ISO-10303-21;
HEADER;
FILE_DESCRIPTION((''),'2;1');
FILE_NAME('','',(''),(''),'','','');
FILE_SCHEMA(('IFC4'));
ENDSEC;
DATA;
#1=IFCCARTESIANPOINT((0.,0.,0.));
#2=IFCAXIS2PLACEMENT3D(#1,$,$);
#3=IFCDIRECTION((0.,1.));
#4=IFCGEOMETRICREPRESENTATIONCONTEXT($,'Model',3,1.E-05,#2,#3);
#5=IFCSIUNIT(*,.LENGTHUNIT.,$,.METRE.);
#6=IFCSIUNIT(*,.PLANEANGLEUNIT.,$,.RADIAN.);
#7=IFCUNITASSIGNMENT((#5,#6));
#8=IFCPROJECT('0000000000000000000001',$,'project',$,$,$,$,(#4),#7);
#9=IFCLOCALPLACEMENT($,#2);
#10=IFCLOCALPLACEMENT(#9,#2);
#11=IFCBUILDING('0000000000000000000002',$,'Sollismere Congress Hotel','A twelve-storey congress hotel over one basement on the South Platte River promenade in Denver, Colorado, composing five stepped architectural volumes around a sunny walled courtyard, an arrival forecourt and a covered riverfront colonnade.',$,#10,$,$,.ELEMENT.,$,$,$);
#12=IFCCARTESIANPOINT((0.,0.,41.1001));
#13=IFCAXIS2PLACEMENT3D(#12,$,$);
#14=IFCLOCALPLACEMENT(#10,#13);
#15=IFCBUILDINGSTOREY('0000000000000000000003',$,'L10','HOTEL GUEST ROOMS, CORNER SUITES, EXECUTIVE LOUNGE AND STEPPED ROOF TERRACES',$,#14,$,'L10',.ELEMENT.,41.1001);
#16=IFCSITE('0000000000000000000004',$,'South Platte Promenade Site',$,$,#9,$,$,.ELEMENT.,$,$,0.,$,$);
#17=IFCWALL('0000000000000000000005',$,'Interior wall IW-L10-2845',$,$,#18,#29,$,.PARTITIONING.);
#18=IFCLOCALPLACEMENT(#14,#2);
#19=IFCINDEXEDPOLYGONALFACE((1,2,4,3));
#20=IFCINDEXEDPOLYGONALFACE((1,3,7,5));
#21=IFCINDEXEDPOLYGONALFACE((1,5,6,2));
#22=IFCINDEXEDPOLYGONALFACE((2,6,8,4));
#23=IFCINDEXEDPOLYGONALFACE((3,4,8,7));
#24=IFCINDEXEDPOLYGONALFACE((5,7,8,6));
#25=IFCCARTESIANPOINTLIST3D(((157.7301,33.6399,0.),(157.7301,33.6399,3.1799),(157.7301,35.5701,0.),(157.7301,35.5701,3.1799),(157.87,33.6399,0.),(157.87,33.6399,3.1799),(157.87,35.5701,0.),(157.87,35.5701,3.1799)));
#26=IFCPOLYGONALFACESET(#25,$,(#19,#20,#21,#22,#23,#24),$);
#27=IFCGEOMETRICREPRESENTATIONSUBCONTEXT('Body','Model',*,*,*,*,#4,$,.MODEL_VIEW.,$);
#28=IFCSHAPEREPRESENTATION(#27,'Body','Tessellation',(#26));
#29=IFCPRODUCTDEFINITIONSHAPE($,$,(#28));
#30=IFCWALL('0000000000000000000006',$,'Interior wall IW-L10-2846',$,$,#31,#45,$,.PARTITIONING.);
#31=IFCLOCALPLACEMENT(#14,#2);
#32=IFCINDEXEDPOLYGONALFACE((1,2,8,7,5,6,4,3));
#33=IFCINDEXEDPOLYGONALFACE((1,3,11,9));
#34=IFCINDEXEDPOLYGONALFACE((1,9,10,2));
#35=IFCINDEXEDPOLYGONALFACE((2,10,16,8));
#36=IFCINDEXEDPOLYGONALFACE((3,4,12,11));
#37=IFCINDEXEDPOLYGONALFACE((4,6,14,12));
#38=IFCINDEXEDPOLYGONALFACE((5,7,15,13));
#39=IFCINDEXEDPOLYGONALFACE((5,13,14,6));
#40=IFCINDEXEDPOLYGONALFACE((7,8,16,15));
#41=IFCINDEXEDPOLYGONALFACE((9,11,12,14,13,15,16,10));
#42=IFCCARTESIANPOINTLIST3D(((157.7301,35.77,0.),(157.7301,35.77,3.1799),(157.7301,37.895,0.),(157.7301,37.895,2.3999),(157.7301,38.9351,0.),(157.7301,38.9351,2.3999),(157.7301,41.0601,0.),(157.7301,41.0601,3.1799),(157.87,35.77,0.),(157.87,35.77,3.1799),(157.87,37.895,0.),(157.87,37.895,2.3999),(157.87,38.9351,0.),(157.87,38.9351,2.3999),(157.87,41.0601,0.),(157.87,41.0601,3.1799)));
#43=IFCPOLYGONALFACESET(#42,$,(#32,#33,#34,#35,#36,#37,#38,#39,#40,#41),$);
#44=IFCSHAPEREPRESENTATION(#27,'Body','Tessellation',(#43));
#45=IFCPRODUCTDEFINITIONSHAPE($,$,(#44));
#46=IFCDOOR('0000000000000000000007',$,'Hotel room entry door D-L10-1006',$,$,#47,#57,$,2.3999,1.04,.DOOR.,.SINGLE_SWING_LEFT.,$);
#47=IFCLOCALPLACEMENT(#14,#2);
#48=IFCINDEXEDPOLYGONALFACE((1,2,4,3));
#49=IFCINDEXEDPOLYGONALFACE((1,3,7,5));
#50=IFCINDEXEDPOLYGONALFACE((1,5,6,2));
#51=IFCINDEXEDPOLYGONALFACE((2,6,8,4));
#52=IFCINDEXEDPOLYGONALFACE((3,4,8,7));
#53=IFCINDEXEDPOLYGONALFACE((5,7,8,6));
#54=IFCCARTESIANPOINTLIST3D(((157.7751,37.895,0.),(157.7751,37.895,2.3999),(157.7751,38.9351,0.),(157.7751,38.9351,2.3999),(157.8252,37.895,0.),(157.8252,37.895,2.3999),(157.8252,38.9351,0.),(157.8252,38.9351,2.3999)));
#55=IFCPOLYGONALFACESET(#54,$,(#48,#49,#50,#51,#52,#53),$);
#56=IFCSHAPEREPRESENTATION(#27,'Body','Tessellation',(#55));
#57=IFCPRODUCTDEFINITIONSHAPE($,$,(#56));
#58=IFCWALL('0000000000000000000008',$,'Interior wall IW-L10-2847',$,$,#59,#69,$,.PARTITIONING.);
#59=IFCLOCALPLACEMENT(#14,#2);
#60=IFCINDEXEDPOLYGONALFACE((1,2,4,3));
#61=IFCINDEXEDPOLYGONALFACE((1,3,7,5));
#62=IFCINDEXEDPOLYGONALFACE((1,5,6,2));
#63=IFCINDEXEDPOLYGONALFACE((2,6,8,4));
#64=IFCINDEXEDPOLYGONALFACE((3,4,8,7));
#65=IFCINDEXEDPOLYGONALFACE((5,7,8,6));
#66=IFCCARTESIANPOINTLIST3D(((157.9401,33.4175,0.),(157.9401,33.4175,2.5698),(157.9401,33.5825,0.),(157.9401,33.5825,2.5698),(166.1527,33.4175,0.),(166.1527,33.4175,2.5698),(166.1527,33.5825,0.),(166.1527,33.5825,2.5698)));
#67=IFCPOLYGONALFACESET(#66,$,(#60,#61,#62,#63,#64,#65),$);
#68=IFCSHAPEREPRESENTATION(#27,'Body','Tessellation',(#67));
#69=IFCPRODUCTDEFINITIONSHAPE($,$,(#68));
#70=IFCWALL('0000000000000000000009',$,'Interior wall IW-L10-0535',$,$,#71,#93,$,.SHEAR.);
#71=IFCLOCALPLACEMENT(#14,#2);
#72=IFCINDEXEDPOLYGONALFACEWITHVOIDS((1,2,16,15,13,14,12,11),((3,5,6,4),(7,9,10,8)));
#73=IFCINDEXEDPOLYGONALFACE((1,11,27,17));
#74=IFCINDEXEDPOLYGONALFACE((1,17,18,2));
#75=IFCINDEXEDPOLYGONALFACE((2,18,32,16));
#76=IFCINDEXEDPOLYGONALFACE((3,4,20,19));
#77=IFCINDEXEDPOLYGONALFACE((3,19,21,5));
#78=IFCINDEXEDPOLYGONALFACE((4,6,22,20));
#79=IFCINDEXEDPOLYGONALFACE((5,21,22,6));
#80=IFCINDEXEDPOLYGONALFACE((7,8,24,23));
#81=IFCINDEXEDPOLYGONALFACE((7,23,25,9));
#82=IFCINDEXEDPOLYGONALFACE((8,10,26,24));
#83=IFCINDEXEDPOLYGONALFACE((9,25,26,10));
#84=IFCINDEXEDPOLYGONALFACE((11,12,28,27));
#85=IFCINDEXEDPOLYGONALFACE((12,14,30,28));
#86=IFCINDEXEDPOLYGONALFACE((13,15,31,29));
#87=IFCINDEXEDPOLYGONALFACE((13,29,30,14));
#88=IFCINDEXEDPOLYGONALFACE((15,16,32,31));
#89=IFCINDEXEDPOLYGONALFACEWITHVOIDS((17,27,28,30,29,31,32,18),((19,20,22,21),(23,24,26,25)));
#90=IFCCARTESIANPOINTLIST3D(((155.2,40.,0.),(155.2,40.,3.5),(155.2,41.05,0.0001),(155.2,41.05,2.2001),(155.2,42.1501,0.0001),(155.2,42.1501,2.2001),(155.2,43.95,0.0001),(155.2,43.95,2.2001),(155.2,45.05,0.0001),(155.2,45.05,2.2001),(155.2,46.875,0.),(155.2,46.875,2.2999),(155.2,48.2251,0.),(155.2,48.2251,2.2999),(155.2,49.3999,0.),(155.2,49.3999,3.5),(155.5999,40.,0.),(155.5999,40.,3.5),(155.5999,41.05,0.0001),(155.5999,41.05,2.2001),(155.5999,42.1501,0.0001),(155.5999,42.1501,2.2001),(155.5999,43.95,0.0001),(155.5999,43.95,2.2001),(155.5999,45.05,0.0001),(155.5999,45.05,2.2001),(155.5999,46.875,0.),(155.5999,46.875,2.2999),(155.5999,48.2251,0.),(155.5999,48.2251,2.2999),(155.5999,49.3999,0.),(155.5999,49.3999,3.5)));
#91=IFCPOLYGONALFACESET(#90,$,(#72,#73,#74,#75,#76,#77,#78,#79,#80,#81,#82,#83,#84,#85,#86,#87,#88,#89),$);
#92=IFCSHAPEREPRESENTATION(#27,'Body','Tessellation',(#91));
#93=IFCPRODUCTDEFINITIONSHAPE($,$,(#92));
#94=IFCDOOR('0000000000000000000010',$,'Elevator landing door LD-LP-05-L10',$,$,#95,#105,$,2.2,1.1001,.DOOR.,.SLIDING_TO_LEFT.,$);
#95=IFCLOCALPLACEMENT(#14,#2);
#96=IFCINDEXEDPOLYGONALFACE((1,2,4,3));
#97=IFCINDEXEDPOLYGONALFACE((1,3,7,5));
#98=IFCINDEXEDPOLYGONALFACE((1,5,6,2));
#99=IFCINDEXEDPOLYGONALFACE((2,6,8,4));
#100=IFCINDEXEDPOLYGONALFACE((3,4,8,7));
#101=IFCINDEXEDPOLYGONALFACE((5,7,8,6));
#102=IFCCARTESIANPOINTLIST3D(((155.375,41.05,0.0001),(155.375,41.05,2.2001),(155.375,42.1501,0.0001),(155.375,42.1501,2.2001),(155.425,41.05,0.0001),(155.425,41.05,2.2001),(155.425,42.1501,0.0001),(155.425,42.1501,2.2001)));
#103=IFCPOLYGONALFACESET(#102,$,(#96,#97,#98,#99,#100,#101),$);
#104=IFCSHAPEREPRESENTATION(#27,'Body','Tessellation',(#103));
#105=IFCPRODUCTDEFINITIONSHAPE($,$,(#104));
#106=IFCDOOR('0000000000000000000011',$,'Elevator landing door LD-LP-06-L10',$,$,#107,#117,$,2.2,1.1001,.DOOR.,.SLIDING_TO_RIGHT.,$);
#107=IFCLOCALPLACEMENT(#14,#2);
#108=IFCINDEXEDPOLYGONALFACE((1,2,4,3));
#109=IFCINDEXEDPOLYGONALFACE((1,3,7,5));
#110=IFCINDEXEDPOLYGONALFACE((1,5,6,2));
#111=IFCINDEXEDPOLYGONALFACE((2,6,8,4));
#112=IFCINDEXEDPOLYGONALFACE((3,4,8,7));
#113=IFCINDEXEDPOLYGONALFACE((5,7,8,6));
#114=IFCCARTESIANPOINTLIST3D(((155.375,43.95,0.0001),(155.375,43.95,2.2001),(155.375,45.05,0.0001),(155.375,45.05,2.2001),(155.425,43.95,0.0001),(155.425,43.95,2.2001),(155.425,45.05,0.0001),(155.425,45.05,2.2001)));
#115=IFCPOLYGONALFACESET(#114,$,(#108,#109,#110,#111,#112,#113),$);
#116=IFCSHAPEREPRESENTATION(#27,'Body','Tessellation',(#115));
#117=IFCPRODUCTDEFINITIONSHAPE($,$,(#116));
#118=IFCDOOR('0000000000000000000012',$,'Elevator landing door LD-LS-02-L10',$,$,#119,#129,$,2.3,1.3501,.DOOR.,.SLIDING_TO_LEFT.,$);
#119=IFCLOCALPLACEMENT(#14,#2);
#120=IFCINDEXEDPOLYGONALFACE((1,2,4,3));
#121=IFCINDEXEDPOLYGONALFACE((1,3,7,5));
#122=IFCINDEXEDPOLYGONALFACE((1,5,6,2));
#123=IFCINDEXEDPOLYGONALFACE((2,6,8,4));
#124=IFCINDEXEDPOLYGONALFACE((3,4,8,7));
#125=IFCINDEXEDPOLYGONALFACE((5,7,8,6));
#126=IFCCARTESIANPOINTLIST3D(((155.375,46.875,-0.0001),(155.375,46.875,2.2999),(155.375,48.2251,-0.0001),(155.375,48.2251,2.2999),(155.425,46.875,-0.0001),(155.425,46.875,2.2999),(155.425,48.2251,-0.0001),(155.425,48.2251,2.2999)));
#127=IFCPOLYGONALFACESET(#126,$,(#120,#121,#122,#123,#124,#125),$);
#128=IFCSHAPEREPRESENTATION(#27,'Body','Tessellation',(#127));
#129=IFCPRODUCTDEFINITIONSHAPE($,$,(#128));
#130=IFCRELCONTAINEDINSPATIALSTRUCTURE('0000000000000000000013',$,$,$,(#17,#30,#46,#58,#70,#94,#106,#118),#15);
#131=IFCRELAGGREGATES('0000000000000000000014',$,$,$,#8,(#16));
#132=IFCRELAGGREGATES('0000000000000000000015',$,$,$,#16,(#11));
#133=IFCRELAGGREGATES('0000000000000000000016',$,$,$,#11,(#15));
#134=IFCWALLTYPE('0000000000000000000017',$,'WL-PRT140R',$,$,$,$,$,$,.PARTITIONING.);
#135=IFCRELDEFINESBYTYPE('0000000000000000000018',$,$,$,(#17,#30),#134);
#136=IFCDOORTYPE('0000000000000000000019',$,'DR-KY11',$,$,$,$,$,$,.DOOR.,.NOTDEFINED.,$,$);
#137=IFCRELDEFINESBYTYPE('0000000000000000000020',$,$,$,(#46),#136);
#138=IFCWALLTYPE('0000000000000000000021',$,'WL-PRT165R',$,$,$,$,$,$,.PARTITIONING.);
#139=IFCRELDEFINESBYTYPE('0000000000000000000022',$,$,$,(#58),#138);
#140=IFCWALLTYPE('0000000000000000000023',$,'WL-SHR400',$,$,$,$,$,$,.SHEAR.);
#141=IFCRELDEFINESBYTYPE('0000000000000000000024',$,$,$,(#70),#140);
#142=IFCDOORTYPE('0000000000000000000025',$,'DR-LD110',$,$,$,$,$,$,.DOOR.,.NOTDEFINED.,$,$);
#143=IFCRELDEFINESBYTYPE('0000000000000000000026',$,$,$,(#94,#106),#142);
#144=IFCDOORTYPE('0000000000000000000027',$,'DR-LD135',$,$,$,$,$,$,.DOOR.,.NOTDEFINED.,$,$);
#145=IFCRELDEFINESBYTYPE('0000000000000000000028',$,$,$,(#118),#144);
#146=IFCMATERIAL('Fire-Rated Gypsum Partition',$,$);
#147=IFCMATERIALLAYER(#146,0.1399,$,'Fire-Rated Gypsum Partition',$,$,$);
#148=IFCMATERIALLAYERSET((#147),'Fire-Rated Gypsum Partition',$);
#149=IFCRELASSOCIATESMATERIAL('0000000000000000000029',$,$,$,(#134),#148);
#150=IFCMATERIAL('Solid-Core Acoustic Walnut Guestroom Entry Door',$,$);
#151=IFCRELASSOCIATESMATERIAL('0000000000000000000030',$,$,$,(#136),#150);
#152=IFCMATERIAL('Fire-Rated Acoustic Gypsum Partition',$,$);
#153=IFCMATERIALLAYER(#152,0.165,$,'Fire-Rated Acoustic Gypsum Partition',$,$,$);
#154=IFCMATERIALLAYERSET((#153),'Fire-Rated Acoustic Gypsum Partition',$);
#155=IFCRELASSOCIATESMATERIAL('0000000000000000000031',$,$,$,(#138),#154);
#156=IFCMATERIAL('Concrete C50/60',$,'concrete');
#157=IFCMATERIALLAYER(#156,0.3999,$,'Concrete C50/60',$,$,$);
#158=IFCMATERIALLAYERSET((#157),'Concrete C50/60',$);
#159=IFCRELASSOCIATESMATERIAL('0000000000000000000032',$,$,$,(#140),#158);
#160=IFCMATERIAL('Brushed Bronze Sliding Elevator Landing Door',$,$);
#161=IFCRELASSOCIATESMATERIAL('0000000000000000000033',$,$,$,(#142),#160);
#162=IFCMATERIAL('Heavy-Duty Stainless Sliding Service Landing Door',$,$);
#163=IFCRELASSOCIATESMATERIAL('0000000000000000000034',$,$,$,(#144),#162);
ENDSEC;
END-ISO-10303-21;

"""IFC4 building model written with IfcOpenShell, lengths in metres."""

from ifc_helpers import new_model, si_unit, direction, frame, frame_2d, origin, place, context, subcontext, project, spatial, rectangle, extrude, material, layer, layer_set, type_object, element, fill, save


model = new_model("IFC4")

# Units and contexts
model_context = context("Model", 3, precision=1e-05, world=origin(), true_north=direction((0.0, 1.0)))
body_context = subcontext(model_context, "Body", "Model", "MODEL_VIEW")
ifc_project = project(units=[si_unit("LENGTHUNIT", "METRE"), si_unit("PLANEANGLEUNIT", "RADIAN")], contexts=[model_context])

# Site, building, storey
site_placement = place(None, origin())
site = spatial("IfcSite", under=ifc_project, at=site_placement, Name="South Platte Promenade Site", CompositionType="ELEMENT", RefElevation=0.0)
building_placement = place(site_placement, origin())
building = spatial("IfcBuilding", under=site, at=building_placement, Name="Sollismere Congress Hotel", Description="A twelve-storey congress hotel over one basement on the South Platte River promenade in Denver, Colorado, composing five stepped architectural volumes around a sunny walled courtyard, an arrival forecourt and a covered riverfront colonnade.", CompositionType="ELEMENT")
storey_placement = place(building_placement, frame((0.0, 0.0, 41.1001)))
storey = spatial("IfcBuildingStorey", under=building, at=storey_placement, Name="L10", Description="HOTEL GUEST ROOMS, CORNER SUITES, EXECUTIVE LOUNGE AND STEPPED ROOF TERRACES", LongName="L10", CompositionType="ELEMENT", Elevation=41.1001)

# Wall
ifc_material_1 = material(Name="Fire-Rated Gypsum Partition")
ifc_layer_1 = layer(ifc_material_1, 0.1399, Name="Fire-Rated Gypsum Partition")
ifc_layer_set_1 = layer_set([ifc_layer_1], Name="Fire-Rated Gypsum Partition")
wall_type_1 = type_object("IfcWallType", Name="WL-PRT140R", PredefinedType="PARTITIONING", material=ifc_layer_set_1)
wall_1_placement = place(storey_placement, frame((157.8, 33.6399, 0.0), z_axis=(0.0, 0.0, 1.0), x_axis=(0.0, 1.0, 0.0)))
element("IfcWall", 1, at=wall_1_placement, inside=storey, type_object=wall_type_1, Name="Interior wall IW-L10-2845", PredefinedType="PARTITIONING", context=body_context, shape_type="SweptSolid", body=[
    extrude(rectangle(XDim=1.9302, YDim=0.1399, at=frame_2d((0.9651, 0.0))), origin(), (0.0, 0.0, 1.0), 3.1799),
])

# Wall, opening, door
wall_2_placement = place(storey_placement, frame((157.8, 35.77, 0.0), z_axis=(0.0, 0.0, 1.0), x_axis=(0.0, 1.0, 0.0)))
wall_2 = element("IfcWall", 2, at=wall_2_placement, inside=storey, type_object=wall_type_1, Name="Interior wall IW-L10-2846", PredefinedType="PARTITIONING", context=body_context, shape_type="SweptSolid", body=[
    extrude(rectangle(XDim=5.29, YDim=0.1399, at=frame_2d((2.645, 0.0))), origin(), (0.0, 0.0, 1.0), 3.1799),
])
opening_1_placement = place(wall_2_placement, frame((2.125, 0.0, 0.0)))
opening_1 = element("IfcOpeningElement", 3, at=opening_1_placement, cuts=wall_2, PredefinedType="OPENING", context=body_context, shape_type="SweptSolid", body=[
    extrude(rectangle(XDim=1.04, YDim=2.3999, at=frame_2d((0.52, 1.2))), frame((0.0, 0.0798, 0.0), z_axis=(0.0, -1.0, 0.0), x_axis=(1.0, 0.0, 0.0)), (0.0, 0.0, 1.0), 0.1599),
])
ifc_material_2 = material(Name="Solid-Core Acoustic Walnut Guestroom Entry Door")
door_type_1 = type_object("IfcDoorType", Name="DR-KY11", OperationType="NOTDEFINED", PredefinedType="DOOR", material=ifc_material_2)
door_1_placement = place(opening_1_placement, origin())
door_1 = element("IfcDoor", 4, at=door_1_placement, inside=storey, type_object=door_type_1, Name="Hotel room entry door D-L10-1006", OperationType="SINGLE_SWING_LEFT", OverallHeight=2.3999, OverallWidth=1.04, PredefinedType="DOOR", context=body_context, shape_type="SweptSolid", body=[
    extrude(rectangle(XDim=1.04, YDim=2.3999, at=frame_2d((0.52, 1.2))), frame((0.0, 0.0249, 0.0), z_axis=(0.0, -1.0, 0.0), x_axis=(1.0, 0.0, 0.0)), (0.0, 0.0, 1.0), 0.05),
])
fill(opening_1, door_1)

# Wall
ifc_material_3 = material(Name="Fire-Rated Acoustic Gypsum Partition")
ifc_layer_2 = layer(ifc_material_3, 0.165, Name="Fire-Rated Acoustic Gypsum Partition")
ifc_layer_set_2 = layer_set([ifc_layer_2], Name="Fire-Rated Acoustic Gypsum Partition")
wall_type_2 = type_object("IfcWallType", Name="WL-PRT165R", PredefinedType="PARTITIONING", material=ifc_layer_set_2)
wall_3_placement = place(storey_placement, frame((157.9399, 33.5, 0.0), z_axis=(0.0, 0.0, 1.0), x_axis=(1.0, 0.0, 0.0)))
element("IfcWall", 5, at=wall_3_placement, inside=storey, type_object=wall_type_2, Name="Interior wall IW-L10-2847", PredefinedType="PARTITIONING", context=body_context, shape_type="SweptSolid", body=[
    extrude(rectangle(XDim=8.2126, YDim=0.165, at=frame_2d((4.1064, 0.0))), origin(), (0.0, 0.0, 1.0), 2.5698),
])

# Wall, openings, doors
ifc_material_4 = material(Name="Concrete C50/60", Category="concrete")
ifc_layer_3 = layer(ifc_material_4, 0.3999, Name="Concrete C50/60")
ifc_layer_set_3 = layer_set([ifc_layer_3], Name="Concrete C50/60")
wall_type_3 = type_object("IfcWallType", Name="WL-SHR400", PredefinedType="SHEAR", material=ifc_layer_set_3)
wall_4_placement = place(storey_placement, frame((155.3999, 40.0, 0.0), z_axis=(0.0, 0.0, 1.0), x_axis=(0.0, 1.0, 0.0)))
wall_4 = element("IfcWall", 6, at=wall_4_placement, inside=storey, type_object=wall_type_3, Name="Interior wall IW-L10-0535", PredefinedType="SHEAR", context=body_context, shape_type="SweptSolid", body=[
    extrude(rectangle(XDim=9.3999, YDim=0.3999, at=frame_2d((4.7, 0.0))), origin(), (0.0, 0.0, 1.0), 3.5),
])
opening_2_placement = place(wall_4_placement, frame((1.05, 0.0, 0.0)))
opening_2 = element("IfcOpeningElement", 7, at=opening_2_placement, cuts=wall_4, PredefinedType="OPENING", context=body_context, shape_type="SweptSolid", body=[
    extrude(rectangle(XDim=1.1001, YDim=2.2, at=frame_2d((0.55, 1.1001))), frame((0.0, 0.21, 0.0), z_axis=(0.0, -1.0, 0.0), x_axis=(1.0, 0.0, 0.0)), (0.0, 0.0, 1.0), 0.4199),
])
opening_3_placement = place(wall_4_placement, frame((3.95, 0.0, 0.0)))
opening_3 = element("IfcOpeningElement", 8, at=opening_3_placement, cuts=wall_4, PredefinedType="OPENING", context=body_context, shape_type="SweptSolid", body=[
    extrude(rectangle(XDim=1.1001, YDim=2.2, at=frame_2d((0.55, 1.1001))), frame((0.0, 0.21, 0.0), z_axis=(0.0, -1.0, 0.0), x_axis=(1.0, 0.0, 0.0)), (0.0, 0.0, 1.0), 0.4199),
])
opening_4_placement = place(wall_4_placement, frame((6.875, 0.0, 0.0)))
opening_4 = element("IfcOpeningElement", 9, at=opening_4_placement, cuts=wall_4, PredefinedType="OPENING", context=body_context, shape_type="SweptSolid", body=[
    extrude(rectangle(XDim=1.3501, YDim=2.3, at=frame_2d((0.675, 1.1499))), frame((0.0, 0.21, 0.0), z_axis=(0.0, -1.0, 0.0), x_axis=(1.0, 0.0, 0.0)), (0.0, 0.0, 1.0), 0.4199),
])
ifc_material_5 = material(Name="Brushed Bronze Sliding Elevator Landing Door")
door_type_2 = type_object("IfcDoorType", Name="DR-LD110", OperationType="NOTDEFINED", PredefinedType="DOOR", material=ifc_material_5)
door_2_placement = place(opening_2_placement, origin())
door_2 = element("IfcDoor", 10, at=door_2_placement, inside=storey, type_object=door_type_2, Name="Elevator landing door LD-LP-05-L10", OperationType="SLIDING_TO_LEFT", OverallHeight=2.2, OverallWidth=1.1001, PredefinedType="DOOR", context=body_context, shape_type="SweptSolid", body=[
    extrude(rectangle(XDim=1.1001, YDim=2.2, at=frame_2d((0.55, 1.1001))), frame((0.0, 0.0249, 0.0), z_axis=(0.0, -1.0, 0.0), x_axis=(1.0, 0.0, 0.0)), (0.0, 0.0, 1.0), 0.05),
])
fill(opening_2, door_2)
door_3_placement = place(opening_3_placement, origin())
door_3 = element("IfcDoor", 11, at=door_3_placement, inside=storey, type_object=door_type_2, Name="Elevator landing door LD-LP-06-L10", OperationType="SLIDING_TO_RIGHT", OverallHeight=2.2, OverallWidth=1.1001, PredefinedType="DOOR", context=body_context, shape_type="SweptSolid", body=[
    extrude(rectangle(XDim=1.1001, YDim=2.2, at=frame_2d((0.55, 1.1001))), frame((0.0, 0.0249, 0.0), z_axis=(0.0, -1.0, 0.0), x_axis=(1.0, 0.0, 0.0)), (0.0, 0.0, 1.0), 0.05),
])
fill(opening_3, door_3)
ifc_material_6 = material(Name="Heavy-Duty Stainless Sliding Service Landing Door")
door_type_3 = type_object("IfcDoorType", Name="DR-LD135", OperationType="NOTDEFINED", PredefinedType="DOOR", material=ifc_material_6)
door_4_placement = place(opening_4_placement, origin())
door_4 = element("IfcDoor", 12, at=door_4_placement, inside=storey, type_object=door_type_3, Name="Elevator landing door LD-LS-02-L10", OperationType="SLIDING_TO_LEFT", OverallHeight=2.3, OverallWidth=1.3501, PredefinedType="DOOR", context=body_context, shape_type="SweptSolid", body=[
    extrude(rectangle(XDim=1.3501, YDim=2.3, at=frame_2d((0.675, 1.1499))), frame((0.0, 0.0249, 0.0), z_axis=(0.0, -1.0, 0.0), x_axis=(1.0, 0.0, 0.0)), (0.0, 0.0, 1.0), 0.05),
])
fill(opening_4, door_4)

save(model, "model.ifc")
